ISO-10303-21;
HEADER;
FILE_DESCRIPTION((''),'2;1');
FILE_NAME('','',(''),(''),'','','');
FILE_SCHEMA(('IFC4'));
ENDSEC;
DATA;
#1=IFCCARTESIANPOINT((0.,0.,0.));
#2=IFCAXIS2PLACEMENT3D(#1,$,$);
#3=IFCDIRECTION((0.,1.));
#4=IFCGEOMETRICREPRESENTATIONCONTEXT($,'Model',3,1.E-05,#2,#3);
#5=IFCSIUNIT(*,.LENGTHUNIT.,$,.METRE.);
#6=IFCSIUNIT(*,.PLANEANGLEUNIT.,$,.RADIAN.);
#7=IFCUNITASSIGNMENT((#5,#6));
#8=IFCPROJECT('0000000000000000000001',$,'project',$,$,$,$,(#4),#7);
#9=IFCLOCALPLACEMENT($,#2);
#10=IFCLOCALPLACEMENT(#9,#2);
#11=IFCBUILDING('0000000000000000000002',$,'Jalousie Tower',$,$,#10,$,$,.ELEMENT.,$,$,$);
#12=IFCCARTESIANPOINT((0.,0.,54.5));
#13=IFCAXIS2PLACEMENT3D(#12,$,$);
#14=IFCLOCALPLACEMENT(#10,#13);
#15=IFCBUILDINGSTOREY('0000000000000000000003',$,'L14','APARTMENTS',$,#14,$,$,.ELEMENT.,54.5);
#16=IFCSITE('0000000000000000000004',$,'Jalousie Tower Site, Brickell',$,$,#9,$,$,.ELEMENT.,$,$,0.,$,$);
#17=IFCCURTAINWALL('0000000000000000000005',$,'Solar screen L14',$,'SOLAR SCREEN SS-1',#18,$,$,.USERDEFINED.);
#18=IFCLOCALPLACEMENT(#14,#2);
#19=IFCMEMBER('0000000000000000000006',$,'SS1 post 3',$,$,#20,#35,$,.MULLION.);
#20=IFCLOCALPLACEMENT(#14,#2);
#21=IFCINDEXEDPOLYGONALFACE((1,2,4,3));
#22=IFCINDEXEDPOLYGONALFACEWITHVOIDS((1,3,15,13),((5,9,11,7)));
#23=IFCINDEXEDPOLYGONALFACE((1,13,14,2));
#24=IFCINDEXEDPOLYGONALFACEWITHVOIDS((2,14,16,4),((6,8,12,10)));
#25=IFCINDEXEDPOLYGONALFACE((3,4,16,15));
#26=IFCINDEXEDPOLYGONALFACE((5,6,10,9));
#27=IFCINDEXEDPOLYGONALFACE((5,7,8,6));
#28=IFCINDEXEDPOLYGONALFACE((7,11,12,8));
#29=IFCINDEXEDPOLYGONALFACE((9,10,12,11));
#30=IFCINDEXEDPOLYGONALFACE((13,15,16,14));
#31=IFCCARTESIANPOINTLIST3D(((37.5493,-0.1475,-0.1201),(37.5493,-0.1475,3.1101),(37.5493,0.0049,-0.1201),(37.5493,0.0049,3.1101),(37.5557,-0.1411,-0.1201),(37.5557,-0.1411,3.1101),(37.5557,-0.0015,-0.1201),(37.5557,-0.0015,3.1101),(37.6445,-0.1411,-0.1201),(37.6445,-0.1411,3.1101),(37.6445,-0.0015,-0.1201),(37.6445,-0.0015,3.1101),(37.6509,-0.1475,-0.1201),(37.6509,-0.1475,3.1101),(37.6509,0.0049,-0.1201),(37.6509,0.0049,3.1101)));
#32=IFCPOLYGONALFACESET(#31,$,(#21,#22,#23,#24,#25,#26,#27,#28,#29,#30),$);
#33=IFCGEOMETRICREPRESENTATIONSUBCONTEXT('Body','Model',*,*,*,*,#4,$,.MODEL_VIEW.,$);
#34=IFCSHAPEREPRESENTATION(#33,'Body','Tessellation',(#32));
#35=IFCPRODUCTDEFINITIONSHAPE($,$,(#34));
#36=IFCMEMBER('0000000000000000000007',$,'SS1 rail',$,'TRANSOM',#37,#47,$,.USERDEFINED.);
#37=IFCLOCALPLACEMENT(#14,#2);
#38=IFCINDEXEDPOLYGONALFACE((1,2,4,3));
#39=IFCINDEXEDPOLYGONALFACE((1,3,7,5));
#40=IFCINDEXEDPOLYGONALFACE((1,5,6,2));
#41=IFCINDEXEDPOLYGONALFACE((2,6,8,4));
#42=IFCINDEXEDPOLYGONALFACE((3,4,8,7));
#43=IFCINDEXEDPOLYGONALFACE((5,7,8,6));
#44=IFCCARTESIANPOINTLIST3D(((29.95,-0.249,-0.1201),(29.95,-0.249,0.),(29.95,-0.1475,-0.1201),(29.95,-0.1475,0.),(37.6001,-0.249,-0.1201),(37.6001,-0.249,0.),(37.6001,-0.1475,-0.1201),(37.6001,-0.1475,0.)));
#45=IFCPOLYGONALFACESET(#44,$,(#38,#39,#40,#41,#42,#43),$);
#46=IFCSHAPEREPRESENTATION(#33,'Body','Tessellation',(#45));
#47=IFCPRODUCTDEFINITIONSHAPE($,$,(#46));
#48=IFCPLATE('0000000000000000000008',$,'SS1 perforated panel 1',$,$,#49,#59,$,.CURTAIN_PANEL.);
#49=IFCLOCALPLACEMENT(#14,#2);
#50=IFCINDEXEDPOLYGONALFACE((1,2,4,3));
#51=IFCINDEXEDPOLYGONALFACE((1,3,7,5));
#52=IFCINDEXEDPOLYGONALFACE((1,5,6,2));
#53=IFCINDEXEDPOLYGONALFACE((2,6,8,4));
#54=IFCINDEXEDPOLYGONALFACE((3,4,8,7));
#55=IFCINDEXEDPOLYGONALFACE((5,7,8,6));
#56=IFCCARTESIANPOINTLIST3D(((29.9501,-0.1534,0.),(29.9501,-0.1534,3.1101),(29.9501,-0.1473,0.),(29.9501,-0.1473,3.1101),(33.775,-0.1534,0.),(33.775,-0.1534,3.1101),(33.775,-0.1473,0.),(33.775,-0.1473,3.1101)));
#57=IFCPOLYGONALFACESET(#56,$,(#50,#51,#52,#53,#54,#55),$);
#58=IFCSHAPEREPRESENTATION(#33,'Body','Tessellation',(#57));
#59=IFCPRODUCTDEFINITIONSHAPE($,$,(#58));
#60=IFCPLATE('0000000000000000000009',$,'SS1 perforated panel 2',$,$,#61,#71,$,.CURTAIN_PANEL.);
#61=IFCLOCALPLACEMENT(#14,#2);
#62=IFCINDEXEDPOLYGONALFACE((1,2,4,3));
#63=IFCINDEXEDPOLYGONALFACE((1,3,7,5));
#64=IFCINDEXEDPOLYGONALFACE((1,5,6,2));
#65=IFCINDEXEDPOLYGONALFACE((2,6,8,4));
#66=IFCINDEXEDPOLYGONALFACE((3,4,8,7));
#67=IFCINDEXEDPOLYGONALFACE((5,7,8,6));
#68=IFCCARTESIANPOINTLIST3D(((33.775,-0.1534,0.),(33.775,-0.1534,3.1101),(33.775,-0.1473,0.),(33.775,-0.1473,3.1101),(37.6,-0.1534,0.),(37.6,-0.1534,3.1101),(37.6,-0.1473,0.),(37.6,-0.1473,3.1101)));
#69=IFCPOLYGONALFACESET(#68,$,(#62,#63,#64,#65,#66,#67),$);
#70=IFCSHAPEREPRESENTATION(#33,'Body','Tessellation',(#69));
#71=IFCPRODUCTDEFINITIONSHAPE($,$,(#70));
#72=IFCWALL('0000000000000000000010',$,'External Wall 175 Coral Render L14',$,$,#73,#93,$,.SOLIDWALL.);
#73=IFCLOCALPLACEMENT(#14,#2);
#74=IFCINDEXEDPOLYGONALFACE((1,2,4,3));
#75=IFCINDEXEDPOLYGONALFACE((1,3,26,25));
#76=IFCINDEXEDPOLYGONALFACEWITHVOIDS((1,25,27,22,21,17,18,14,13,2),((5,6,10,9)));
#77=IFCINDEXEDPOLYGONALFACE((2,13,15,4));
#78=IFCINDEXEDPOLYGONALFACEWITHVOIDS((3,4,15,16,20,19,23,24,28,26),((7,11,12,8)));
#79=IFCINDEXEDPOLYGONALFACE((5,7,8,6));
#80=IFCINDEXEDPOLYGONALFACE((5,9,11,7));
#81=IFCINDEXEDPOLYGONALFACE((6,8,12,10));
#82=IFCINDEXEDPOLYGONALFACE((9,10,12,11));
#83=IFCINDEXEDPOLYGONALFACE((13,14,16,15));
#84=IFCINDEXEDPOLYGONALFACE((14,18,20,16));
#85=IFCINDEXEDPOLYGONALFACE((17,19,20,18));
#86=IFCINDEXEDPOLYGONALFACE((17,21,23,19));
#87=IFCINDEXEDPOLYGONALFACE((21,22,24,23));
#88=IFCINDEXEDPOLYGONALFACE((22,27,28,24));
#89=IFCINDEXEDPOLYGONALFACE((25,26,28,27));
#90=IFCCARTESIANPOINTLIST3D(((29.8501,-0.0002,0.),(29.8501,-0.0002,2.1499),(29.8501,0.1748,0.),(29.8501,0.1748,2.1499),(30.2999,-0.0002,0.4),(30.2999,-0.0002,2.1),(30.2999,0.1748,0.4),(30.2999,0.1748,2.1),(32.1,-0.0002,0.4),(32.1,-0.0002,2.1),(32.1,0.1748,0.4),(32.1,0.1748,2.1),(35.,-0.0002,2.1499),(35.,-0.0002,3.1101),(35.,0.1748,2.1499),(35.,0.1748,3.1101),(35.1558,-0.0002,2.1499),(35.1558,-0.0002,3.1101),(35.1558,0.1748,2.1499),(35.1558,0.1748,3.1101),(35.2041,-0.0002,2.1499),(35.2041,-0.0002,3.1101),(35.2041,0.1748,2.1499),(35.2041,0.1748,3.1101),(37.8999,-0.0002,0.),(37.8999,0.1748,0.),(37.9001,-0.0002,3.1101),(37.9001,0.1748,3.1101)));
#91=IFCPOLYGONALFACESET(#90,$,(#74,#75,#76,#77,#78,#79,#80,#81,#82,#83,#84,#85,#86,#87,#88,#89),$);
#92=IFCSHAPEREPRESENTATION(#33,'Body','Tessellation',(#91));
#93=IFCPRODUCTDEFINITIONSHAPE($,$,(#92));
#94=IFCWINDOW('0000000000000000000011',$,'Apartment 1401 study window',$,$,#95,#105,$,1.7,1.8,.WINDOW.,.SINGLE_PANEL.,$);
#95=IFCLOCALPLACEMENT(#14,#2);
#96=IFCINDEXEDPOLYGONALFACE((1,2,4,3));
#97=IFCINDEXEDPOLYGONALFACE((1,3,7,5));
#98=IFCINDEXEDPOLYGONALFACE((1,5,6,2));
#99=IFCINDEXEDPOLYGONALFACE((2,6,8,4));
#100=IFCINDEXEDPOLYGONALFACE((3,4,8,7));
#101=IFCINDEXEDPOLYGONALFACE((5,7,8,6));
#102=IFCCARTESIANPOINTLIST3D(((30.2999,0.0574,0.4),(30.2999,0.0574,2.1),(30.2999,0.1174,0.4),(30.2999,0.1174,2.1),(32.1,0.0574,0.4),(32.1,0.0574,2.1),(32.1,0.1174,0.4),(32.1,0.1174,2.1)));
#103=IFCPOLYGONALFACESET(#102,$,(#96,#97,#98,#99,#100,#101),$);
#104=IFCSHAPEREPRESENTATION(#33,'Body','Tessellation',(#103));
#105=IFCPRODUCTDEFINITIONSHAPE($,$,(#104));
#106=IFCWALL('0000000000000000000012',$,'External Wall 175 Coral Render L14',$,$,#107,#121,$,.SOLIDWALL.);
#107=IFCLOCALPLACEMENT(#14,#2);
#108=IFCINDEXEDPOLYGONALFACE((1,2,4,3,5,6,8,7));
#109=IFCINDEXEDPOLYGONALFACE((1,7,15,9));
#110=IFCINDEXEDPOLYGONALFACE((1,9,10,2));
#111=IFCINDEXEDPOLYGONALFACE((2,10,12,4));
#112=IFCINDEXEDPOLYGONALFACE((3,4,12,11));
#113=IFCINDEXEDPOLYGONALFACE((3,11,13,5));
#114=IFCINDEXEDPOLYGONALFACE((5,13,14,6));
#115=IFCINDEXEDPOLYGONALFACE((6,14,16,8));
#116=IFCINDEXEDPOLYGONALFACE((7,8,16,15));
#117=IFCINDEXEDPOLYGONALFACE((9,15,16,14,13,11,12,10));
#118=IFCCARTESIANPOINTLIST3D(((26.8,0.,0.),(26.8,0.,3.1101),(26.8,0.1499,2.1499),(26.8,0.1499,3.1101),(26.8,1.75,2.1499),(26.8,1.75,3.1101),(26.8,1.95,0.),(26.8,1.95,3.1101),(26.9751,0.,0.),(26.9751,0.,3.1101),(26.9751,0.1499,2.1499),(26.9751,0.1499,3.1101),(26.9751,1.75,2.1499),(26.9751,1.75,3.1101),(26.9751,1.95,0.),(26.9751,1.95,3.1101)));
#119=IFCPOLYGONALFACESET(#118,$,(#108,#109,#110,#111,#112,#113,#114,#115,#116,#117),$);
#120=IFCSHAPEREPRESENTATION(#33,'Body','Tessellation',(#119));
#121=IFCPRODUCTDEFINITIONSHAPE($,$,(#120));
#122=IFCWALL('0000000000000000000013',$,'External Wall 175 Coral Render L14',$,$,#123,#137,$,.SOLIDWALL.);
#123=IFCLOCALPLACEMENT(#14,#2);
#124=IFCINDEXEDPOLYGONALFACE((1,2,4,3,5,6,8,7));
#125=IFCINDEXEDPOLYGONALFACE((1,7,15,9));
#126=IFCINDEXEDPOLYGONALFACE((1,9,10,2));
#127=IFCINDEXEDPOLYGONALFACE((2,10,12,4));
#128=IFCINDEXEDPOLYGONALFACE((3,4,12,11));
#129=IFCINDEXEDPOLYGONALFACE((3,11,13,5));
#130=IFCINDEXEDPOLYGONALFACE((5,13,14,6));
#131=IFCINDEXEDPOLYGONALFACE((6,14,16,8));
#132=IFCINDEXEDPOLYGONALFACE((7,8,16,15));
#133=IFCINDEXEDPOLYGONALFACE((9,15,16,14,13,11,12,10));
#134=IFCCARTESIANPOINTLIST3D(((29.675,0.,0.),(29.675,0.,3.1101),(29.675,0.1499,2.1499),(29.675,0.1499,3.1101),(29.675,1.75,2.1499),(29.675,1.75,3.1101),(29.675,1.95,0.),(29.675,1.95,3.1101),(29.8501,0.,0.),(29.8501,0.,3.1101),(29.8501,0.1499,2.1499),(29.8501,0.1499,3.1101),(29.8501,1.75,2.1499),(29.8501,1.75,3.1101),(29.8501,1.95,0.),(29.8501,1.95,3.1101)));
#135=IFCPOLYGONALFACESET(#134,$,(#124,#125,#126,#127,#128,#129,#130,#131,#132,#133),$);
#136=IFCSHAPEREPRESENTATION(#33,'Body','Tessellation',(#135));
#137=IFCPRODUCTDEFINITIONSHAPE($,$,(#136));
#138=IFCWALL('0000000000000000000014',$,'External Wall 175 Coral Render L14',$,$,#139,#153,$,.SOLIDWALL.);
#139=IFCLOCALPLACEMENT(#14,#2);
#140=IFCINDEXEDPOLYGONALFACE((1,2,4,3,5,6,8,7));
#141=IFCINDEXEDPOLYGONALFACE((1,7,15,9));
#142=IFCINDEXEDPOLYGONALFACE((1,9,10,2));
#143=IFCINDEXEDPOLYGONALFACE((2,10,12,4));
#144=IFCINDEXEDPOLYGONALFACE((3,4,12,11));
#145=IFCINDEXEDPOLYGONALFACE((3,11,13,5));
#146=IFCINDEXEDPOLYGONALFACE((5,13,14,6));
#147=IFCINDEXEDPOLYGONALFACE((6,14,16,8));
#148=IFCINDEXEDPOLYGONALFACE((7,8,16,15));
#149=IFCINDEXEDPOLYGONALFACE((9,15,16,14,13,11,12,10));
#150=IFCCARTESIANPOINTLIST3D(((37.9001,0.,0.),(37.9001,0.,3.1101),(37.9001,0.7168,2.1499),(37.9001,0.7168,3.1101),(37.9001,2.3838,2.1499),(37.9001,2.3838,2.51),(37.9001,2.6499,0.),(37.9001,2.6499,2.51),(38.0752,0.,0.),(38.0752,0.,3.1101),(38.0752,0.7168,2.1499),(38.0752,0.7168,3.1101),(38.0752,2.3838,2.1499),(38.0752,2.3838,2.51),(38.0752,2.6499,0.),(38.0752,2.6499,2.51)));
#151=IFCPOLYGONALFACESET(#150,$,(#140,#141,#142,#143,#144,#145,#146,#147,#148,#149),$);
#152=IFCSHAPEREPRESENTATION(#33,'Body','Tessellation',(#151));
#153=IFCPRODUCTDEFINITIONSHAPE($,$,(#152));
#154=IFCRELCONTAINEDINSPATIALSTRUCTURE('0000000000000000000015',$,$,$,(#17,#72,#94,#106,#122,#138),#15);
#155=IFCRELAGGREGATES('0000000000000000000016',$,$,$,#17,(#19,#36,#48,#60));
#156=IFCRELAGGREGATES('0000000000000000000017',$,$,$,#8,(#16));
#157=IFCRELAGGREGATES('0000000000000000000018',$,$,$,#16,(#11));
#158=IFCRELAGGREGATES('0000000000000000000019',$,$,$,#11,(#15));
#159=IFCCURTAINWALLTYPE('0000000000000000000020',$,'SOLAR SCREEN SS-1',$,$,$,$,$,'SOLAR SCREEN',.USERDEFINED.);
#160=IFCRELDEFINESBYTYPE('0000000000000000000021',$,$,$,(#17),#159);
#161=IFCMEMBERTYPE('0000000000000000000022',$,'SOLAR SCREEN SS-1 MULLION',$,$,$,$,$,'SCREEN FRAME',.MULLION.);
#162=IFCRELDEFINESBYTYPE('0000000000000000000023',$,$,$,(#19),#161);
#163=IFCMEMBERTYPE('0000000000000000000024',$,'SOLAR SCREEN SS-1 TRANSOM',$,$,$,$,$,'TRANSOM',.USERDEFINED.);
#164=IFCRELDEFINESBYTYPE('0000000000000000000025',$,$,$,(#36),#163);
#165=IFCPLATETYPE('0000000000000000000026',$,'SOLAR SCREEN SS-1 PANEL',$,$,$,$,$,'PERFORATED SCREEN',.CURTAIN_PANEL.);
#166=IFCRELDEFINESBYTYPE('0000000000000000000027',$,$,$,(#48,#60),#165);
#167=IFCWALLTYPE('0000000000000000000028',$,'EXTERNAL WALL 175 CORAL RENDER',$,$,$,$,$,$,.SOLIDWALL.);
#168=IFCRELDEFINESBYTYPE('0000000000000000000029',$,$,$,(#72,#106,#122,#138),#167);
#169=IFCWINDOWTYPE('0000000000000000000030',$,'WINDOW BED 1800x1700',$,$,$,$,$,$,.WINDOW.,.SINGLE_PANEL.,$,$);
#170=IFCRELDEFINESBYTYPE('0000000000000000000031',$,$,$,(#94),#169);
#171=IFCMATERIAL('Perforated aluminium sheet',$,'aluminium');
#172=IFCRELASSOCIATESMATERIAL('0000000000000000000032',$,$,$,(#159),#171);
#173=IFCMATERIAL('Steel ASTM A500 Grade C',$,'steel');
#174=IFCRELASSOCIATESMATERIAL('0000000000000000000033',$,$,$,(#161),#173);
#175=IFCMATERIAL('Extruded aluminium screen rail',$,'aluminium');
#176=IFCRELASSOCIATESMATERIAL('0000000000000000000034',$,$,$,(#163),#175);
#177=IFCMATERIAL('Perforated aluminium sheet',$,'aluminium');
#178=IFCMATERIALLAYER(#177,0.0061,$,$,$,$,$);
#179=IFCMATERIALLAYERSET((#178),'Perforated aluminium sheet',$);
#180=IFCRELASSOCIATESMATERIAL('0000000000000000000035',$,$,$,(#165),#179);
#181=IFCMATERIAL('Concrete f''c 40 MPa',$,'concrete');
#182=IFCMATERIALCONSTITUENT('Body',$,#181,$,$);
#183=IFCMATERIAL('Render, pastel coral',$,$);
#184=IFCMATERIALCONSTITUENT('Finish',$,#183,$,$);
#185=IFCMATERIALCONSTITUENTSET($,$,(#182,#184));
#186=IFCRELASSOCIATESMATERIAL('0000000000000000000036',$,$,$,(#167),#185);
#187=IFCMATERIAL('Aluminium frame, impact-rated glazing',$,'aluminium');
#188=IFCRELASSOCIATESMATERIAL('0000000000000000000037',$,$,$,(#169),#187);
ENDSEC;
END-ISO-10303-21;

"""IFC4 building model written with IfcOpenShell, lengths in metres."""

from ifc_helpers import new_model, si_unit, direction, frame, frame_2d, origin, origin_2d, place, context, subcontext, project, spatial, polyline, rectangle, hollow_rectangle, outline, extrude, material, layer, layer_set, constituent, constituent_set, material_profile, profile_set, type_object, element, fill, aggregate, save


model = new_model("IFC4")

# Units and contexts
model_context = context("Model", 3, precision=1e-05, world=origin(), true_north=direction((0.0, 1.0)))
body_context = subcontext(model_context, "Body", "Model", "MODEL_VIEW")
ifc_project = project(units=[si_unit("LENGTHUNIT", "METRE"), si_unit("PLANEANGLEUNIT", "RADIAN")], contexts=[model_context])

# Site, building, storey
site_placement = place(None, origin())
site = spatial("IfcSite", under=ifc_project, at=site_placement, Name="Jalousie Tower Site, Brickell", CompositionType="ELEMENT", RefElevation=0.0)
building_placement = place(site_placement, origin())
building = spatial("IfcBuilding", under=site, at=building_placement, Name="Jalousie Tower", CompositionType="ELEMENT")
storey_placement = place(building_placement, frame((0.0, 0.0, 54.5)))
storey = spatial("IfcBuildingStorey", under=building, at=storey_placement, Name="L14", Description="APARTMENTS", CompositionType="ELEMENT", Elevation=54.5)

# Shared definitions
ifc_material_1 = material(Name="Perforated aluminium sheet", Category="aluminium")
curtain_wall_type = type_object("IfcCurtainWallType", Name="SOLAR SCREEN SS-1", ElementType="SOLAR SCREEN", PredefinedType="USERDEFINED", material=ifc_material_1)
ifc_material_2 = material(Name="Steel ASTM A500 Grade C", Category="steel")
ifc_material_profile_1 = material_profile(ifc_material_2, hollow_rectangle(XDim=0.1016, YDim=0.1523, WallThickness=0.0063, at=origin_2d()), Name="HSS6X4X1/4")
ifc_profile_set_1 = profile_set([ifc_material_profile_1], Name="Steel ASTM A500 Grade C")
member_type_1 = type_object("IfcMemberType", Name="SOLAR SCREEN SS-1 MULLION", ElementType="SCREEN FRAME", PredefinedType="MULLION", material=ifc_profile_set_1)

# Curtain wall, members, plates
curtain_wall_1_placement = place(storey_placement, origin())
curtain_wall_1 = element("IfcCurtainWall", 1, at=curtain_wall_1_placement, inside=storey, type_object=curtain_wall_type, Name="Solar screen L14", ObjectType="SOLAR SCREEN SS-1", PredefinedType="USERDEFINED")
member_1_placement = place(storey_placement, frame((37.6001, -0.0713, -0.1201), z_axis=(0.0, 0.0, 1.0), x_axis=(1.0, 0.0, 0.0)))
member_1 = element("IfcMember", 2, at=member_1_placement, type_object=member_type_1, Name="SS1 post 3", PredefinedType="MULLION", context=body_context, shape_type="SweptSolid", body=[
    extrude(hollow_rectangle(XDim=0.1016, YDim=0.1523, WallThickness=0.0063, at=origin_2d()), origin(), (0.0, 0.0, 1.0), 3.2302),
])
ifc_material_3 = material(Name="Extruded aluminium screen rail", Category="aluminium")
ifc_material_profile_2 = material_profile(ifc_material_3, rectangle(XDim=0.1016, YDim=0.1201, at=origin_2d()), Name="RAIL 102x120")
ifc_profile_set_2 = profile_set([ifc_material_profile_2], Name="Extruded aluminium screen rail")
member_type_2 = type_object("IfcMemberType", Name="SOLAR SCREEN SS-1 TRANSOM", ElementType="TRANSOM", PredefinedType="USERDEFINED", material=ifc_profile_set_2)
member_2_placement = place(storey_placement, frame((29.95, -0.1982, -0.0601), z_axis=(1.0, 0.0, 0.0), x_axis=(0.0, 1.0, 0.0)))
member_2 = element("IfcMember", 3, at=member_2_placement, type_object=member_type_2, Name="SS1 rail", ObjectType="TRANSOM", PredefinedType="USERDEFINED", context=body_context, shape_type="SweptSolid", body=[
    extrude(rectangle(XDim=0.1016, YDim=0.1201, at=origin_2d()), origin(), (0.0, 0.0, 1.0), 7.6501),
])
ifc_material_4 = material(Name="Perforated aluminium sheet", Category="aluminium")
ifc_layer_1 = layer(ifc_material_4, 0.0061)
ifc_layer_set_1 = layer_set([ifc_layer_1], Name="Perforated aluminium sheet")
plate_type = type_object("IfcPlateType", Name="SOLAR SCREEN SS-1 PANEL", ElementType="PERFORATED SCREEN", PredefinedType="CURTAIN_PANEL", material=ifc_layer_set_1)
plate_1_placement = place(storey_placement, frame((31.8625, -0.1504, 0.0), z_axis=(0.0, 0.0, 1.0), x_axis=(1.0, 0.0, 0.0)))
plate_1 = element("IfcPlate", 4, at=plate_1_placement, type_object=plate_type, Name="SS1 perforated panel 1", PredefinedType="CURTAIN_PANEL", context=body_context, shape_type="SweptSolid", body=[
    extrude(rectangle(XDim=3.825, YDim=0.0061, at=origin_2d()), origin(), (0.0, 0.0, 1.0), 3.1101),
])
plate_2_placement = place(storey_placement, frame((35.6875, -0.1504, 0.0), z_axis=(0.0, 0.0, 1.0), x_axis=(1.0, 0.0, 0.0)))
plate_2 = element("IfcPlate", 5, at=plate_2_placement, type_object=plate_type, Name="SS1 perforated panel 2", PredefinedType="CURTAIN_PANEL", context=body_context, shape_type="SweptSolid", body=[
    extrude(rectangle(XDim=3.825, YDim=0.0061, at=origin_2d()), origin(), (0.0, 0.0, 1.0), 3.1101),
])
aggregate(curtain_wall_1, [member_1, member_2, plate_1, plate_2])

# Wall, opening, window
ifc_material_5 = material(Name="Concrete f'c 40 MPa", Category="concrete")
ifc_constituent_1 = constituent(ifc_material_5, Name="Body")
ifc_material_6 = material(Name="Render, pastel coral")
ifc_constituent_2 = constituent(ifc_material_6, Name="Finish")
ifc_constituent_set_1 = constituent_set(constituents=[ifc_constituent_1, ifc_constituent_2])
wall_type_1 = type_object("IfcWallType", Name="EXTERNAL WALL 175 CORAL RENDER", PredefinedType="SOLIDWALL", material=ifc_constituent_set_1)
wall_1_placement = place(storey_placement, frame((29.8501, 0.0874, 0.0), z_axis=(0.0, 0.0, 1.0), x_axis=(1.0, 0.0, 0.0)))
wall_1 = element("IfcWall", 6, at=wall_1_placement, inside=storey, type_object=wall_type_1, Name="External Wall 175 Coral Render L14", PredefinedType="SOLIDWALL", context=body_context, shape_type="SweptSolid", body=[
    extrude(outline(polyline([(0.0, 0.0), (8.0498, 0.0), (8.05, 3.1101), (5.354, 3.1101), (5.354, 2.1499), (5.3057, 2.1499), (5.3057, 3.1101), (5.1499, 3.1101), (5.1499, 2.1499), (0.0, 2.1499), (0.0, 0.0)])), frame((0.0, 0.0874, 0.0), z_axis=(0.0, -1.0, 0.0), x_axis=(1.0, 0.0, 0.0)), (0.0, 0.0, 1.0), 0.175),
])
opening_1_placement = place(wall_1_placement, frame((0.45, 0.0, 0.3999)))
opening_1 = element("IfcOpeningElement", 7, at=opening_1_placement, cuts=wall_1, PredefinedType="OPENING", context=body_context, shape_type="SweptSolid", body=[
    extrude(rectangle(XDim=1.8, YDim=1.7, at=frame_2d((0.8999, 0.8501))), frame((0.0, 0.0974, 0.0), z_axis=(0.0, -1.0, 0.0), x_axis=(1.0, 0.0, 0.0)), (0.0, 0.0, 1.0), 0.1951),
])
ifc_material_7 = material(Name="Aluminium frame, impact-rated glazing", Category="aluminium")
window_type = type_object("IfcWindowType", Name="WINDOW BED 1800x1700", PartitioningType="SINGLE_PANEL", PredefinedType="WINDOW", material=ifc_material_7)
window_placement = place(opening_1_placement, origin())
window = element("IfcWindow", 8, at=window_placement, inside=storey, type_object=window_type, Name="Apartment 1401 study window", OverallHeight=1.7, OverallWidth=1.8, PartitioningType="SINGLE_PANEL", PredefinedType="WINDOW", context=body_context, shape_type="SweptSolid", body=[
    extrude(rectangle(XDim=1.8, YDim=1.7, at=frame_2d((0.8999, 0.8501))), frame((0.0, 0.03, 0.0), z_axis=(0.0, -1.0, 0.0), x_axis=(1.0, 0.0, 0.0)), (0.0, 0.0, 1.0), 0.0601),
])
fill(opening_1, window)

# Walls
for number, where, z_axis, x_axis, name in (
    (9, (26.8875, 0.0, 0.0), (0.0, 0.0, 1.0), (0.0, 1.0, 0.0), "External Wall 175 Coral Render L14"),
    (10, (29.7625, 0.0, 0.0), (0.0, 0.0, 1.0), (0.0, 1.0, 0.0), "External Wall 175 Coral Render L14"),
):
    element("IfcWall", number, at=place(storey_placement, frame(where, z_axis=z_axis, x_axis=x_axis)), inside=storey, type_object=wall_type_1, Name=name, PredefinedType="SOLIDWALL", context=body_context, shape_type="SweptSolid", body=[
        extrude(outline(polyline([(0.0, 0.0), (1.95, 0.0), (1.95, 3.1101), (1.75, 3.1101), (1.75, 2.1499), (0.1499, 2.1499), (0.1499, 3.1101), (0.0, 3.1101), (0.0, 0.0)])), frame((0.0, 0.0874, 0.0), z_axis=(0.0, -1.0, 0.0), x_axis=(1.0, 0.0, 0.0)), (0.0, 0.0, 1.0), 0.175),
    ])
wall_2_placement = place(storey_placement, frame((37.9875, 0.0, 0.0), z_axis=(0.0, 0.0, 1.0), x_axis=(0.0, 1.0, 0.0)))
element("IfcWall", 11, at=wall_2_placement, inside=storey, type_object=wall_type_1, Name="External Wall 175 Coral Render L14", PredefinedType="SOLIDWALL", context=body_context, shape_type="SweptSolid", body=[
    extrude(outline(polyline([(0.0, 0.0), (2.6499, 0.0), (2.6499, 2.51), (2.3838, 2.51), (2.3838, 2.1499), (0.7168, 2.1499), (0.7168, 3.1101), (0.0, 3.1101), (0.0, 0.0)])), frame((0.0, 0.0874, 0.0), z_axis=(0.0, -1.0, 0.0), x_axis=(1.0, 0.0, 0.0)), (0.0, 0.0, 1.0), 0.175),
])

save(model, "model.ifc")
